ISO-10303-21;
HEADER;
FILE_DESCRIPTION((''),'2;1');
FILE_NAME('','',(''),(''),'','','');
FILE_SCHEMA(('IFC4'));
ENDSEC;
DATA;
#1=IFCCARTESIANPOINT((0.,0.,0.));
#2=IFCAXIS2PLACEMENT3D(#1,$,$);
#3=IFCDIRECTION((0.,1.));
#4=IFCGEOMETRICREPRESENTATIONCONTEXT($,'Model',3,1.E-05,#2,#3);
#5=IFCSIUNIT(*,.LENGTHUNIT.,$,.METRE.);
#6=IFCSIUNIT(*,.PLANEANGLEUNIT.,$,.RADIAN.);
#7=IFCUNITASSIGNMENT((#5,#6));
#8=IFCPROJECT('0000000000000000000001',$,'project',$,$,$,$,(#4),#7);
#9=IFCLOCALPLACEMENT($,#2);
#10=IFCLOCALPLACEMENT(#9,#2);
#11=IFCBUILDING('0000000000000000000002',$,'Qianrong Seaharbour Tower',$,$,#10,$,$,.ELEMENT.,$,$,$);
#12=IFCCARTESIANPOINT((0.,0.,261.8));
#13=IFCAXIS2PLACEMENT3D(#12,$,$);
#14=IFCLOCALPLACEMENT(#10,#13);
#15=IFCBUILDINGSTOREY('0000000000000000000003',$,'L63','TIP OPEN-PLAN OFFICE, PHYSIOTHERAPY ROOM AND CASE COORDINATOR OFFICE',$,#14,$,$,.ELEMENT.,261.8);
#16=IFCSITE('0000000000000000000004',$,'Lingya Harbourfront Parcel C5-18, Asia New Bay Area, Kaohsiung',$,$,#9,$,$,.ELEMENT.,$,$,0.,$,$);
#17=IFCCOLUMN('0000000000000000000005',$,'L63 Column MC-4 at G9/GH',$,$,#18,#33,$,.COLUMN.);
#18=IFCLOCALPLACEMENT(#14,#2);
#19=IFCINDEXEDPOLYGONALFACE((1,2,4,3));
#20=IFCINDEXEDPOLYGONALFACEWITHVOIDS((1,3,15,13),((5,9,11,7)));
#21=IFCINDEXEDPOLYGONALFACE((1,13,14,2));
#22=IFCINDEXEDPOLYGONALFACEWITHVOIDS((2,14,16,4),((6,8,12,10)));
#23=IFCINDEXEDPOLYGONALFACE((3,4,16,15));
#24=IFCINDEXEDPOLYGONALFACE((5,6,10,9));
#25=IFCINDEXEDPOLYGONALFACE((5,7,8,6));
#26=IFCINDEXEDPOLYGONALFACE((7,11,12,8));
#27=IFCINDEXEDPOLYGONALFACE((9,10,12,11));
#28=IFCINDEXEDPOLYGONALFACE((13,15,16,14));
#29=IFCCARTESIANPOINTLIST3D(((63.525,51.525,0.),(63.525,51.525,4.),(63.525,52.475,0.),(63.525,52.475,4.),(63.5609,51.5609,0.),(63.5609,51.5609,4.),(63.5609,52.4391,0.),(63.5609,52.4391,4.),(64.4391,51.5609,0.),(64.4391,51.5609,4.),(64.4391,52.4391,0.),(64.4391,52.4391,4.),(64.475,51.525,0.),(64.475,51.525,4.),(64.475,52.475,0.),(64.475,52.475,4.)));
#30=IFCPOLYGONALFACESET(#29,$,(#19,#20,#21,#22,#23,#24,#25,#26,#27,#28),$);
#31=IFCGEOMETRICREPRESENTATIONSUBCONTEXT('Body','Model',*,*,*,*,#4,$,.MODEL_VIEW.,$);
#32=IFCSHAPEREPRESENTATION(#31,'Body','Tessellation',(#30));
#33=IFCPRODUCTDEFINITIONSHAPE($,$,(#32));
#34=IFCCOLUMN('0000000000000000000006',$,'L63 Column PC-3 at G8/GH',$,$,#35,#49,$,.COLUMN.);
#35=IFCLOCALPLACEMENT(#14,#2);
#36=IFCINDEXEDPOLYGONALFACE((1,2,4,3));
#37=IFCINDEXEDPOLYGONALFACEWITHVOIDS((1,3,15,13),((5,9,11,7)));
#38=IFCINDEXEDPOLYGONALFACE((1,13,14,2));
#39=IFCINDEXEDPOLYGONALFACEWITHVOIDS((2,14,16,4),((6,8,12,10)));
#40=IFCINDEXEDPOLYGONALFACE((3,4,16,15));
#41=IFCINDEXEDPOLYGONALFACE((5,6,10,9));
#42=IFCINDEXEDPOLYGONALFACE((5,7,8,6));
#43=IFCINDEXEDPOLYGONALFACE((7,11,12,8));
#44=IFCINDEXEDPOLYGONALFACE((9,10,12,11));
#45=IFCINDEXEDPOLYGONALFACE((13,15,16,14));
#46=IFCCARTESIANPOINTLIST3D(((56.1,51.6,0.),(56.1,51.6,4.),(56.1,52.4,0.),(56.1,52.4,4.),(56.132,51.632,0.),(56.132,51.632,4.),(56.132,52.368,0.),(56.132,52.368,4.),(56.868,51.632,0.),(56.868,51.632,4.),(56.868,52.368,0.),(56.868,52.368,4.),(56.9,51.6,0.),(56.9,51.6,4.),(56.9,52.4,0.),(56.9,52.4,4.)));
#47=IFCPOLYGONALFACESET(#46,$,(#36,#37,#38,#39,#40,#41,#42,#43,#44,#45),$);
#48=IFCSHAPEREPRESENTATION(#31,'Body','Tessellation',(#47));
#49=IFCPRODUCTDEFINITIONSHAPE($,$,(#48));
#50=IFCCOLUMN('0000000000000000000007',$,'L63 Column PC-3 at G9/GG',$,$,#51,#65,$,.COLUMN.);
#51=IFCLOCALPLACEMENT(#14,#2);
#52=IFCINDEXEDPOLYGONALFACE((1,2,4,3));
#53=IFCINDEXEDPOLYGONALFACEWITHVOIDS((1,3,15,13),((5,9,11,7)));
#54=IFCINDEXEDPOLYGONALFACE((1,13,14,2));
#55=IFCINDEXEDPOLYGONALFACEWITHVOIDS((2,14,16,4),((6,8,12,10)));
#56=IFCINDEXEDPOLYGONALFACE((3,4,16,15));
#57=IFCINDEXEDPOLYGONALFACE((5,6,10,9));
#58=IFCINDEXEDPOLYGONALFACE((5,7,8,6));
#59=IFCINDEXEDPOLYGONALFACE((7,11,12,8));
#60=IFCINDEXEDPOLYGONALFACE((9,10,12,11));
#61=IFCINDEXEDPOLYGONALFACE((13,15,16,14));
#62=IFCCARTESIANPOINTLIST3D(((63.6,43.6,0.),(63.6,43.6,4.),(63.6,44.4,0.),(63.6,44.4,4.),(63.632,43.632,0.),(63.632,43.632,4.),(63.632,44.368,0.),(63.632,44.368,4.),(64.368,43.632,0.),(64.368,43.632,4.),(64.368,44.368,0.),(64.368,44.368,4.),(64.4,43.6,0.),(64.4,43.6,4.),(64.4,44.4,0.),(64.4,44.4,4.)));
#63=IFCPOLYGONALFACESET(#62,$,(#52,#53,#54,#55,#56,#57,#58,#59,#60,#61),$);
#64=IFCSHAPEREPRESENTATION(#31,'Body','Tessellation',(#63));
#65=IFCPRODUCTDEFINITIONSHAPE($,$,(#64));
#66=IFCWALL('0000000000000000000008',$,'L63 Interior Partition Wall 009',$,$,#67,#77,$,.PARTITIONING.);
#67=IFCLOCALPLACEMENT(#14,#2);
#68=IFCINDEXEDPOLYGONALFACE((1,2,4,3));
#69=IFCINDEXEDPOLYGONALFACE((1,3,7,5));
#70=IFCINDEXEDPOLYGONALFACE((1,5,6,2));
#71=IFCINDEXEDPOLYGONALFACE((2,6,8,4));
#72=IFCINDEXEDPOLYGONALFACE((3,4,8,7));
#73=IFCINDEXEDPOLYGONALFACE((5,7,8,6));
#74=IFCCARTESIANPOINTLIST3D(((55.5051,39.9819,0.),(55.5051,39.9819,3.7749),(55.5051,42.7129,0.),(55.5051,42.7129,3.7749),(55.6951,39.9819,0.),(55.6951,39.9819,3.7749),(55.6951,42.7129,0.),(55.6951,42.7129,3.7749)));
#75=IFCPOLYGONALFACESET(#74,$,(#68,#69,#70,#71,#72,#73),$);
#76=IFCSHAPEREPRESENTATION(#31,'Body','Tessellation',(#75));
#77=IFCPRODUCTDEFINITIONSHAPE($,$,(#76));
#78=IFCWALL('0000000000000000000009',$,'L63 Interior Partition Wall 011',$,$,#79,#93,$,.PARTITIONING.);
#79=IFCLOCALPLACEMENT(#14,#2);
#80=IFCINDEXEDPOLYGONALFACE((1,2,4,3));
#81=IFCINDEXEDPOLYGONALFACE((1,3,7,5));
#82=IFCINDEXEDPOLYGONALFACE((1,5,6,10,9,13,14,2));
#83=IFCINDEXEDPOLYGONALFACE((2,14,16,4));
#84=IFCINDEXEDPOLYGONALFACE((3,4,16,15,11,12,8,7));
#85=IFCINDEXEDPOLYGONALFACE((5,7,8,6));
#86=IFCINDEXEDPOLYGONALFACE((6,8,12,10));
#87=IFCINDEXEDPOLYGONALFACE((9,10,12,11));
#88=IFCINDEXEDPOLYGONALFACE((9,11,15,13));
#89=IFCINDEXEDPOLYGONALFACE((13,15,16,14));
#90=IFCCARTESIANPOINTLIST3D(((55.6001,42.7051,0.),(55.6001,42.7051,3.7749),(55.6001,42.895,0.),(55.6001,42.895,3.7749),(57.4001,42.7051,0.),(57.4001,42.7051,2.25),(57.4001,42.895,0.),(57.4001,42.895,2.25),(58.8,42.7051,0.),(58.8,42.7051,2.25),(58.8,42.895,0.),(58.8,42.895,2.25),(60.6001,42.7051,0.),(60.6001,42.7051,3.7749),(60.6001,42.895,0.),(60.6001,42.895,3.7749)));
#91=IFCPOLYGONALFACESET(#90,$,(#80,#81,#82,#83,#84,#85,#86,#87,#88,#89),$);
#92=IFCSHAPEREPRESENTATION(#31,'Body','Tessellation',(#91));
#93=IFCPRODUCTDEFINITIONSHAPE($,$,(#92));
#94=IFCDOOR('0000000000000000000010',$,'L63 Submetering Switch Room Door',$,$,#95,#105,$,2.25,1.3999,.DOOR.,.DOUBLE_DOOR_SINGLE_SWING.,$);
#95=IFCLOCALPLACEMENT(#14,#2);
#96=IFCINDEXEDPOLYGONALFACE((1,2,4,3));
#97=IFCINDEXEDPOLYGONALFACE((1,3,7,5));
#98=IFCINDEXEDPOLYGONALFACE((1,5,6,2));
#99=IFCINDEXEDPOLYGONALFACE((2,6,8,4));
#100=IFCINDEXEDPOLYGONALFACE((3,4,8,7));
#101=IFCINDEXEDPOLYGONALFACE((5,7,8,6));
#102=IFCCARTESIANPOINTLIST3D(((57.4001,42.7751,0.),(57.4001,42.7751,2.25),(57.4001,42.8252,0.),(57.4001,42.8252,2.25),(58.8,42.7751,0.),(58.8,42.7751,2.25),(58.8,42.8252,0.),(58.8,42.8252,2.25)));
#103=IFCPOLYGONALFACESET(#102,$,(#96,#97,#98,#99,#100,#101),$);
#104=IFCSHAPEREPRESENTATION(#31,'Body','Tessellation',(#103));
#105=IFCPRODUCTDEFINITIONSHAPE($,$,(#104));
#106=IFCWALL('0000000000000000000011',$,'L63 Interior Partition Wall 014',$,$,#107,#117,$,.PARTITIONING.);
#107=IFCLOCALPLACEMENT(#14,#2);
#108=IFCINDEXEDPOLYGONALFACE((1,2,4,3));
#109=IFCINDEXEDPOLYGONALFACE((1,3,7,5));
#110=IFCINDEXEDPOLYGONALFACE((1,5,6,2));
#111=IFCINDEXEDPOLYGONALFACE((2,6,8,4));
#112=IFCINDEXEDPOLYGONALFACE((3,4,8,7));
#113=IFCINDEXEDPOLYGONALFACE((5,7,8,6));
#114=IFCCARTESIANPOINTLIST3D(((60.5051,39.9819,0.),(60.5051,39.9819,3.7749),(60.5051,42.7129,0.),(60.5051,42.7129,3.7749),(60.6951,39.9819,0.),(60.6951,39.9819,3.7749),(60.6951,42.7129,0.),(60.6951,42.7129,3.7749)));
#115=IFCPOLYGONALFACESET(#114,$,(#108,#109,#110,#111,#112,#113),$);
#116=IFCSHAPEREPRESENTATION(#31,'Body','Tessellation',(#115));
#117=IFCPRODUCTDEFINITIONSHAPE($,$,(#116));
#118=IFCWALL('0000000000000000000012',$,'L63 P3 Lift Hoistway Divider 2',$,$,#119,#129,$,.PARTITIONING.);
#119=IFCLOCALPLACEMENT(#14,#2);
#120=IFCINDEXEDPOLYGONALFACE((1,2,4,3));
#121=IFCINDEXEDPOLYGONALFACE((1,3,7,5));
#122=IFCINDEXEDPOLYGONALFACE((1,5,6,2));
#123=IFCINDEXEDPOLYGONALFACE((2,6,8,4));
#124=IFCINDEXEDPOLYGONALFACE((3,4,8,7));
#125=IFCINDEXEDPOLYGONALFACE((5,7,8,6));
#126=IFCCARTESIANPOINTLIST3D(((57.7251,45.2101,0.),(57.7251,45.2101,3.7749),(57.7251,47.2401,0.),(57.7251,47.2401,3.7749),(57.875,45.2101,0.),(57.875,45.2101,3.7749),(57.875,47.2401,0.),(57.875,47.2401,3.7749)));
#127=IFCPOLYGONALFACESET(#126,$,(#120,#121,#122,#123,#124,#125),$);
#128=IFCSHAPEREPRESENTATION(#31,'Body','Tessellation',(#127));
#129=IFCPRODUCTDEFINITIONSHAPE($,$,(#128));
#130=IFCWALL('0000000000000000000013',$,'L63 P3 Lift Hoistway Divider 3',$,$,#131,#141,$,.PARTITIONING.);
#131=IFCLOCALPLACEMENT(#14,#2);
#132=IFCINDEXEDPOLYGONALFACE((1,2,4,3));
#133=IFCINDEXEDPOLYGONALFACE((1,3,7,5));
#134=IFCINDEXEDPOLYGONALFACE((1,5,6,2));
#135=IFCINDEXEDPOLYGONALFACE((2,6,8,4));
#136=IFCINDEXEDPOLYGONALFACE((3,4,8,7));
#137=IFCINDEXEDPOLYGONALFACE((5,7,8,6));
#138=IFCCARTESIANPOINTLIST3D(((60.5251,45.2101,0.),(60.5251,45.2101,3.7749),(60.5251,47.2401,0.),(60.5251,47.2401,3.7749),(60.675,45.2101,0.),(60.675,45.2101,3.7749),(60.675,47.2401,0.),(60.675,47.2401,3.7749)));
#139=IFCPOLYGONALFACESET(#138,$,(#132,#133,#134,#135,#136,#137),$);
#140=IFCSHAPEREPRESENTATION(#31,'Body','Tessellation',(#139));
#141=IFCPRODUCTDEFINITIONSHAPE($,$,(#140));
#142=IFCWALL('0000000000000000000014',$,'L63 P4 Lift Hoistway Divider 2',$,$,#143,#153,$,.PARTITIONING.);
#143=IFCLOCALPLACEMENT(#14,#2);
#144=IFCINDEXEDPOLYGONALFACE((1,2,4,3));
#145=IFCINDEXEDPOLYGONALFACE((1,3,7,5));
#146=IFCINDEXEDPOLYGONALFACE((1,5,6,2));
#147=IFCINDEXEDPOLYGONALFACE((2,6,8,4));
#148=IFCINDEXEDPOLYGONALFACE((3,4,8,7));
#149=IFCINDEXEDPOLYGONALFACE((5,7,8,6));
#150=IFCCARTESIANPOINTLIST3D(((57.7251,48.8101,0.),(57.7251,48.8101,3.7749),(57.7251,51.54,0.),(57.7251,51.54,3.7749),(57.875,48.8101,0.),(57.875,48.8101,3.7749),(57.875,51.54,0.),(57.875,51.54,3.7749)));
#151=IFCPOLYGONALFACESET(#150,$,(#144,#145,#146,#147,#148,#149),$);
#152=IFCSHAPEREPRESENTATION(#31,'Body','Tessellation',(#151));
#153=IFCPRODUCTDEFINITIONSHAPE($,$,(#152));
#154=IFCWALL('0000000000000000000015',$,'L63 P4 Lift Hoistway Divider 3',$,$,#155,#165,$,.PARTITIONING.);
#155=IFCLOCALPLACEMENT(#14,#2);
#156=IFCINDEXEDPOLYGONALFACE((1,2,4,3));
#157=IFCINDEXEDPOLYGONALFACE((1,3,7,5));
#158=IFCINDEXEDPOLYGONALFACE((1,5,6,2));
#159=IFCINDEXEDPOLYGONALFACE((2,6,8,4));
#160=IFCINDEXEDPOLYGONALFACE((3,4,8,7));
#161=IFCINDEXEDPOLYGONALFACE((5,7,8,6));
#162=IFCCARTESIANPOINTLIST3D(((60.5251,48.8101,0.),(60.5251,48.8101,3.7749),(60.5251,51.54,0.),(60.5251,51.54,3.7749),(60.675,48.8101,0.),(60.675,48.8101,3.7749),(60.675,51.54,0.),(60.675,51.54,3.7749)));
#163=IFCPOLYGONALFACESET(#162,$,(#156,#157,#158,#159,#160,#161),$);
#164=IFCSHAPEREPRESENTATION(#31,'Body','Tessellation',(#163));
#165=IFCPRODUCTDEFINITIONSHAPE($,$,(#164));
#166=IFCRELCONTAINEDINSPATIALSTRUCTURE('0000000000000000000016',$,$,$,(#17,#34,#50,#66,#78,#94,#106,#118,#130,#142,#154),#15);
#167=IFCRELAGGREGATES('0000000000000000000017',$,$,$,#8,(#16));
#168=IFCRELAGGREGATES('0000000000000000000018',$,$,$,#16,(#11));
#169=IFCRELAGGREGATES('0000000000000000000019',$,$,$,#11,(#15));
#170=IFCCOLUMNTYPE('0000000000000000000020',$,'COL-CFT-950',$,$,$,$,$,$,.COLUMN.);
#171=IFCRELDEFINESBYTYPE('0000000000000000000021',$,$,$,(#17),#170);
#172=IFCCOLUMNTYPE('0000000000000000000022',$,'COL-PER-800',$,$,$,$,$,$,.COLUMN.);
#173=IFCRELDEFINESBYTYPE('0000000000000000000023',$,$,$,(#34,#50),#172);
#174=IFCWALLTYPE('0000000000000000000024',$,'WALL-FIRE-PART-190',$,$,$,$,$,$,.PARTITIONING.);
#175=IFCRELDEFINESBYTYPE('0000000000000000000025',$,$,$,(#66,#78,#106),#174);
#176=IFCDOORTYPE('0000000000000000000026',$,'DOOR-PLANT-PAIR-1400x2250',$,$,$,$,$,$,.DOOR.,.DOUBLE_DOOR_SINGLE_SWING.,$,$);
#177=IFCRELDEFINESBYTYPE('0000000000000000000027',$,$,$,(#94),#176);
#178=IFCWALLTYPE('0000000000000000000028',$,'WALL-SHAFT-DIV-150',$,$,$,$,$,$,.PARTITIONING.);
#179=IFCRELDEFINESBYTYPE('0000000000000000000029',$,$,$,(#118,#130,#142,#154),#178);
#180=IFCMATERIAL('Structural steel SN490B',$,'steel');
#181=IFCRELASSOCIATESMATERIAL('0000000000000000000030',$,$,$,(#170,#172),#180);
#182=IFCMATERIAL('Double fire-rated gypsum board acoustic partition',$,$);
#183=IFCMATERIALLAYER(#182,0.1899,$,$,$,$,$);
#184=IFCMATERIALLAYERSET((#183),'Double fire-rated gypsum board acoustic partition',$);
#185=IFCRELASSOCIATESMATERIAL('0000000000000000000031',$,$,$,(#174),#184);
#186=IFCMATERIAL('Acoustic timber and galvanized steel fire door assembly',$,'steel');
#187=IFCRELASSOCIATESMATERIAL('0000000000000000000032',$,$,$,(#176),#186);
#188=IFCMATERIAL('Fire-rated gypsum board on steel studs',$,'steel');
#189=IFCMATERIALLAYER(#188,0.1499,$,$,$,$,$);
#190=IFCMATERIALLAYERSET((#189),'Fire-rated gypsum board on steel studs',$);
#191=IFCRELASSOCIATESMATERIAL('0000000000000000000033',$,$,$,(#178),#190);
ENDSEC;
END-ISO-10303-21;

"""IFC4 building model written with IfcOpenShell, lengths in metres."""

from ifc_helpers import new_model, si_unit, direction, frame, frame_2d, origin, origin_2d, place, context, subcontext, project, spatial, rectangle, hollow_rectangle, extrude, material, layer, layer_set, material_profile, profile_set, type_object, element, fill, save


model = new_model("IFC4")

# Units and contexts
model_context = context("Model", 3, precision=1e-05, world=origin(), true_north=direction((0.0, 1.0)))
body_context = subcontext(model_context, "Body", "Model", "MODEL_VIEW")
ifc_project = project(units=[si_unit("LENGTHUNIT", "METRE"), si_unit("PLANEANGLEUNIT", "RADIAN")], contexts=[model_context])

# Site, building, storey
site_placement = place(None, origin())
site = spatial("IfcSite", under=ifc_project, at=site_placement, Name="Lingya Harbourfront Parcel C5-18, Asia New Bay Area, Kaohsiung", CompositionType="ELEMENT", RefElevation=0.0)
building_placement = place(site_placement, origin())
building = spatial("IfcBuilding", under=site, at=building_placement, Name="Qianrong Seaharbour Tower", CompositionType="ELEMENT")
storey_placement = place(building_placement, frame((0.0, 0.0, 261.8)))
storey = spatial("IfcBuildingStorey", under=building, at=storey_placement, Name="L63", Description="TIP OPEN-PLAN OFFICE, PHYSIOTHERAPY ROOM AND CASE COORDINATOR OFFICE", CompositionType="ELEMENT", Elevation=261.8)

# Columns
ifc_material_1 = material(Name="Structural steel SN490B", Category="steel")
ifc_material_profile_1 = material_profile(ifc_material_1, hollow_rectangle(XDim=0.95, YDim=0.95, WallThickness=0.0359, at=origin_2d()), Name="BOX950x950x36")
ifc_profile_set_1 = profile_set([ifc_material_profile_1], Name="Structural steel SN490B")
column_type_1 = type_object("IfcColumnType", Name="COL-CFT-950", PredefinedType="COLUMN", material=ifc_profile_set_1)
column_placement = place(storey_placement, frame((64.0, 52.0, 0.0), z_axis=(0.0, 0.0, 1.0), x_axis=(1.0, 0.0, 0.0)))
element("IfcColumn", 1, at=column_placement, inside=storey, type_object=column_type_1, Name="L63 Column MC-4 at G9/GH", PredefinedType="COLUMN", context=body_context, shape_type="SweptSolid", body=[
    extrude(hollow_rectangle(XDim=0.95, YDim=0.95, WallThickness=0.0359, at=origin_2d()), origin(), (0.0, 0.0, 1.0), 4.0),
])
ifc_material_profile_2 = material_profile(ifc_material_1, hollow_rectangle(XDim=0.8, YDim=0.8, WallThickness=0.032, at=origin_2d()), Name="BOX800x800x32")
ifc_profile_set_2 = profile_set([ifc_material_profile_2], Name="Structural steel SN490B")
column_type_2 = type_object("IfcColumnType", Name="COL-PER-800", PredefinedType="COLUMN", material=ifc_profile_set_2)
for number, where, z_axis, x_axis, name in (
    (2, (56.5, 52.0, 0.0), (0.0, 0.0, 1.0), (1.0, 0.0, 0.0), "L63 Column PC-3 at G8/GH"),
    (3, (64.0, 44.0, 0.0), (0.0, 0.0, 1.0), (1.0, 0.0, 0.0), "L63 Column PC-3 at G9/GG"),
):
    element("IfcColumn", number, at=place(storey_placement, frame(where, z_axis=z_axis, x_axis=x_axis)), inside=storey, type_object=column_type_2, Name=name, PredefinedType="COLUMN", context=body_context, shape_type="SweptSolid", body=[
        extrude(hollow_rectangle(XDim=0.8, YDim=0.8, WallThickness=0.032, at=origin_2d()), origin(), (0.0, 0.0, 1.0), 4.0),
    ])

# Shared definitions
ifc_material_2 = material(Name="Acoustic timber and galvanized steel fire door assembly", Category="steel")

# Wall
ifc_material_3 = material(Name="Double fire-rated gypsum board acoustic partition")
ifc_layer_1 = layer(ifc_material_3, 0.1899)
ifc_layer_set_1 = layer_set([ifc_layer_1], Name="Double fire-rated gypsum board acoustic partition")
wall_type_1 = type_object("IfcWallType", Name="WALL-FIRE-PART-190", PredefinedType="PARTITIONING", material=ifc_layer_set_1)
wall_1_placement = place(storey_placement, frame((55.6001, 42.7129, 0.0), z_axis=(0.0, 0.0, 1.0), x_axis=(0.0, -1.0, 0.0)))
element("IfcWall", 4, at=wall_1_placement, inside=storey, type_object=wall_type_1, Name="L63 Interior Partition Wall 009", PredefinedType="PARTITIONING", context=body_context, shape_type="SweptSolid", body=[
    extrude(rectangle(XDim=2.731, YDim=0.1899, at=frame_2d((1.3655, 0.0))), origin(), (0.0, 0.0, 1.0), 3.7749),
])

# Wall, opening, door
wall_2_placement = place(storey_placement, frame((60.6001, 42.8, 0.0), z_axis=(0.0, 0.0, 1.0), x_axis=(-1.0, 0.0, 0.0)))
wall_2 = element("IfcWall", 5, at=wall_2_placement, inside=storey, type_object=wall_type_1, Name="L63 Interior Partition Wall 011", PredefinedType="PARTITIONING", context=body_context, shape_type="SweptSolid", body=[
    extrude(rectangle(XDim=5.0, YDim=0.1899, at=frame_2d((2.5, 0.0))), origin(), (0.0, 0.0, 1.0), 3.7749),
])
opening_1_placement = place(wall_2_placement, frame((1.8, 0.0, 0.0)))
opening_1 = element("IfcOpeningElement", 6, at=opening_1_placement, cuts=wall_2, PredefinedType="OPENING", context=body_context, shape_type="SweptSolid", body=[
    extrude(rectangle(XDim=1.3999, YDim=2.25, at=frame_2d((0.7, 1.125))), frame((0.0, 0.105, 0.0), z_axis=(0.0, -1.0, 0.0), x_axis=(1.0, 0.0, 0.0)), (0.0, 0.0, 1.0), 0.21),
])
door_type_1 = type_object("IfcDoorType", Name="DOOR-PLANT-PAIR-1400x2250", OperationType="DOUBLE_DOOR_SINGLE_SWING", PredefinedType="DOOR", material=ifc_material_2)
door_1_placement = place(opening_1_placement, origin())
door_1 = element("IfcDoor", 7, at=door_1_placement, inside=storey, type_object=door_type_1, Name="L63 Submetering Switch Room Door", OperationType="DOUBLE_DOOR_SINGLE_SWING", OverallHeight=2.25, OverallWidth=1.3999, PredefinedType="DOOR", context=body_context, shape_type="SweptSolid", body=[
    extrude(rectangle(XDim=1.3999, YDim=2.25, at=frame_2d((0.7, 1.125))), frame((0.0, 0.0249, 0.0), z_axis=(0.0, -1.0, 0.0), x_axis=(1.0, 0.0, 0.0)), (0.0, 0.0, 1.0), 0.05),
])
fill(opening_1, door_1)

# Walls
wall_3_placement = place(storey_placement, frame((60.6001, 42.7129, 0.0), z_axis=(0.0, 0.0, 1.0), x_axis=(0.0, -1.0, 0.0)))
element("IfcWall", 8, at=wall_3_placement, inside=storey, type_object=wall_type_1, Name="L63 Interior Partition Wall 014", PredefinedType="PARTITIONING", context=body_context, shape_type="SweptSolid", body=[
    extrude(rectangle(XDim=2.731, YDim=0.1899, at=frame_2d((1.3655, 0.0))), origin(), (0.0, 0.0, 1.0), 3.7749),
])
ifc_material_4 = material(Name="Fire-rated gypsum board on steel studs", Category="steel")
ifc_layer_2 = layer(ifc_material_4, 0.1499)
ifc_layer_set_2 = layer_set([ifc_layer_2], Name="Fire-rated gypsum board on steel studs")
wall_type_2 = type_object("IfcWallType", Name="WALL-SHAFT-DIV-150", PredefinedType="PARTITIONING", material=ifc_layer_set_2)
for number, where, z_axis, x_axis, name in (
    (9, (57.8, 45.21, 0.0), (0.0, 0.0, 1.0), (0.0, 1.0, 0.0), "L63 P3 Lift Hoistway Divider 2"),
    (10, (60.6001, 45.21, 0.0), (0.0, 0.0, 1.0), (0.0, 1.0, 0.0), "L63 P3 Lift Hoistway Divider 3"),
):
    element("IfcWall", number, at=place(storey_placement, frame(where, z_axis=z_axis, x_axis=x_axis)), inside=storey, type_object=wall_type_2, Name=name, PredefinedType="PARTITIONING", context=body_context, shape_type="SweptSolid", body=[
        extrude(rectangle(XDim=2.03, YDim=0.1499, at=frame_2d((1.0151, 0.0))), origin(), (0.0, 0.0, 1.0), 3.7749),
    ])
for number, where, z_axis, x_axis, name in (
    (11, (57.8, 48.8101, 0.0), (0.0, 0.0, 1.0), (0.0, 1.0, 0.0), "L63 P4 Lift Hoistway Divider 2"),
    (12, (60.6001, 48.8101, 0.0), (0.0, 0.0, 1.0), (0.0, 1.0, 0.0), "L63 P4 Lift Hoistway Divider 3"),
):
    element("IfcWall", number, at=place(storey_placement, frame(where, z_axis=z_axis, x_axis=x_axis)), inside=storey, type_object=wall_type_2, Name=name, PredefinedType="PARTITIONING", context=body_context, shape_type="SweptSolid", body=[
        extrude(rectangle(XDim=2.73, YDim=0.1499, at=frame_2d((1.365, 0.0))), origin(), (0.0, 0.0, 1.0), 3.7749),
    ])

save(model, "model.ifc")
